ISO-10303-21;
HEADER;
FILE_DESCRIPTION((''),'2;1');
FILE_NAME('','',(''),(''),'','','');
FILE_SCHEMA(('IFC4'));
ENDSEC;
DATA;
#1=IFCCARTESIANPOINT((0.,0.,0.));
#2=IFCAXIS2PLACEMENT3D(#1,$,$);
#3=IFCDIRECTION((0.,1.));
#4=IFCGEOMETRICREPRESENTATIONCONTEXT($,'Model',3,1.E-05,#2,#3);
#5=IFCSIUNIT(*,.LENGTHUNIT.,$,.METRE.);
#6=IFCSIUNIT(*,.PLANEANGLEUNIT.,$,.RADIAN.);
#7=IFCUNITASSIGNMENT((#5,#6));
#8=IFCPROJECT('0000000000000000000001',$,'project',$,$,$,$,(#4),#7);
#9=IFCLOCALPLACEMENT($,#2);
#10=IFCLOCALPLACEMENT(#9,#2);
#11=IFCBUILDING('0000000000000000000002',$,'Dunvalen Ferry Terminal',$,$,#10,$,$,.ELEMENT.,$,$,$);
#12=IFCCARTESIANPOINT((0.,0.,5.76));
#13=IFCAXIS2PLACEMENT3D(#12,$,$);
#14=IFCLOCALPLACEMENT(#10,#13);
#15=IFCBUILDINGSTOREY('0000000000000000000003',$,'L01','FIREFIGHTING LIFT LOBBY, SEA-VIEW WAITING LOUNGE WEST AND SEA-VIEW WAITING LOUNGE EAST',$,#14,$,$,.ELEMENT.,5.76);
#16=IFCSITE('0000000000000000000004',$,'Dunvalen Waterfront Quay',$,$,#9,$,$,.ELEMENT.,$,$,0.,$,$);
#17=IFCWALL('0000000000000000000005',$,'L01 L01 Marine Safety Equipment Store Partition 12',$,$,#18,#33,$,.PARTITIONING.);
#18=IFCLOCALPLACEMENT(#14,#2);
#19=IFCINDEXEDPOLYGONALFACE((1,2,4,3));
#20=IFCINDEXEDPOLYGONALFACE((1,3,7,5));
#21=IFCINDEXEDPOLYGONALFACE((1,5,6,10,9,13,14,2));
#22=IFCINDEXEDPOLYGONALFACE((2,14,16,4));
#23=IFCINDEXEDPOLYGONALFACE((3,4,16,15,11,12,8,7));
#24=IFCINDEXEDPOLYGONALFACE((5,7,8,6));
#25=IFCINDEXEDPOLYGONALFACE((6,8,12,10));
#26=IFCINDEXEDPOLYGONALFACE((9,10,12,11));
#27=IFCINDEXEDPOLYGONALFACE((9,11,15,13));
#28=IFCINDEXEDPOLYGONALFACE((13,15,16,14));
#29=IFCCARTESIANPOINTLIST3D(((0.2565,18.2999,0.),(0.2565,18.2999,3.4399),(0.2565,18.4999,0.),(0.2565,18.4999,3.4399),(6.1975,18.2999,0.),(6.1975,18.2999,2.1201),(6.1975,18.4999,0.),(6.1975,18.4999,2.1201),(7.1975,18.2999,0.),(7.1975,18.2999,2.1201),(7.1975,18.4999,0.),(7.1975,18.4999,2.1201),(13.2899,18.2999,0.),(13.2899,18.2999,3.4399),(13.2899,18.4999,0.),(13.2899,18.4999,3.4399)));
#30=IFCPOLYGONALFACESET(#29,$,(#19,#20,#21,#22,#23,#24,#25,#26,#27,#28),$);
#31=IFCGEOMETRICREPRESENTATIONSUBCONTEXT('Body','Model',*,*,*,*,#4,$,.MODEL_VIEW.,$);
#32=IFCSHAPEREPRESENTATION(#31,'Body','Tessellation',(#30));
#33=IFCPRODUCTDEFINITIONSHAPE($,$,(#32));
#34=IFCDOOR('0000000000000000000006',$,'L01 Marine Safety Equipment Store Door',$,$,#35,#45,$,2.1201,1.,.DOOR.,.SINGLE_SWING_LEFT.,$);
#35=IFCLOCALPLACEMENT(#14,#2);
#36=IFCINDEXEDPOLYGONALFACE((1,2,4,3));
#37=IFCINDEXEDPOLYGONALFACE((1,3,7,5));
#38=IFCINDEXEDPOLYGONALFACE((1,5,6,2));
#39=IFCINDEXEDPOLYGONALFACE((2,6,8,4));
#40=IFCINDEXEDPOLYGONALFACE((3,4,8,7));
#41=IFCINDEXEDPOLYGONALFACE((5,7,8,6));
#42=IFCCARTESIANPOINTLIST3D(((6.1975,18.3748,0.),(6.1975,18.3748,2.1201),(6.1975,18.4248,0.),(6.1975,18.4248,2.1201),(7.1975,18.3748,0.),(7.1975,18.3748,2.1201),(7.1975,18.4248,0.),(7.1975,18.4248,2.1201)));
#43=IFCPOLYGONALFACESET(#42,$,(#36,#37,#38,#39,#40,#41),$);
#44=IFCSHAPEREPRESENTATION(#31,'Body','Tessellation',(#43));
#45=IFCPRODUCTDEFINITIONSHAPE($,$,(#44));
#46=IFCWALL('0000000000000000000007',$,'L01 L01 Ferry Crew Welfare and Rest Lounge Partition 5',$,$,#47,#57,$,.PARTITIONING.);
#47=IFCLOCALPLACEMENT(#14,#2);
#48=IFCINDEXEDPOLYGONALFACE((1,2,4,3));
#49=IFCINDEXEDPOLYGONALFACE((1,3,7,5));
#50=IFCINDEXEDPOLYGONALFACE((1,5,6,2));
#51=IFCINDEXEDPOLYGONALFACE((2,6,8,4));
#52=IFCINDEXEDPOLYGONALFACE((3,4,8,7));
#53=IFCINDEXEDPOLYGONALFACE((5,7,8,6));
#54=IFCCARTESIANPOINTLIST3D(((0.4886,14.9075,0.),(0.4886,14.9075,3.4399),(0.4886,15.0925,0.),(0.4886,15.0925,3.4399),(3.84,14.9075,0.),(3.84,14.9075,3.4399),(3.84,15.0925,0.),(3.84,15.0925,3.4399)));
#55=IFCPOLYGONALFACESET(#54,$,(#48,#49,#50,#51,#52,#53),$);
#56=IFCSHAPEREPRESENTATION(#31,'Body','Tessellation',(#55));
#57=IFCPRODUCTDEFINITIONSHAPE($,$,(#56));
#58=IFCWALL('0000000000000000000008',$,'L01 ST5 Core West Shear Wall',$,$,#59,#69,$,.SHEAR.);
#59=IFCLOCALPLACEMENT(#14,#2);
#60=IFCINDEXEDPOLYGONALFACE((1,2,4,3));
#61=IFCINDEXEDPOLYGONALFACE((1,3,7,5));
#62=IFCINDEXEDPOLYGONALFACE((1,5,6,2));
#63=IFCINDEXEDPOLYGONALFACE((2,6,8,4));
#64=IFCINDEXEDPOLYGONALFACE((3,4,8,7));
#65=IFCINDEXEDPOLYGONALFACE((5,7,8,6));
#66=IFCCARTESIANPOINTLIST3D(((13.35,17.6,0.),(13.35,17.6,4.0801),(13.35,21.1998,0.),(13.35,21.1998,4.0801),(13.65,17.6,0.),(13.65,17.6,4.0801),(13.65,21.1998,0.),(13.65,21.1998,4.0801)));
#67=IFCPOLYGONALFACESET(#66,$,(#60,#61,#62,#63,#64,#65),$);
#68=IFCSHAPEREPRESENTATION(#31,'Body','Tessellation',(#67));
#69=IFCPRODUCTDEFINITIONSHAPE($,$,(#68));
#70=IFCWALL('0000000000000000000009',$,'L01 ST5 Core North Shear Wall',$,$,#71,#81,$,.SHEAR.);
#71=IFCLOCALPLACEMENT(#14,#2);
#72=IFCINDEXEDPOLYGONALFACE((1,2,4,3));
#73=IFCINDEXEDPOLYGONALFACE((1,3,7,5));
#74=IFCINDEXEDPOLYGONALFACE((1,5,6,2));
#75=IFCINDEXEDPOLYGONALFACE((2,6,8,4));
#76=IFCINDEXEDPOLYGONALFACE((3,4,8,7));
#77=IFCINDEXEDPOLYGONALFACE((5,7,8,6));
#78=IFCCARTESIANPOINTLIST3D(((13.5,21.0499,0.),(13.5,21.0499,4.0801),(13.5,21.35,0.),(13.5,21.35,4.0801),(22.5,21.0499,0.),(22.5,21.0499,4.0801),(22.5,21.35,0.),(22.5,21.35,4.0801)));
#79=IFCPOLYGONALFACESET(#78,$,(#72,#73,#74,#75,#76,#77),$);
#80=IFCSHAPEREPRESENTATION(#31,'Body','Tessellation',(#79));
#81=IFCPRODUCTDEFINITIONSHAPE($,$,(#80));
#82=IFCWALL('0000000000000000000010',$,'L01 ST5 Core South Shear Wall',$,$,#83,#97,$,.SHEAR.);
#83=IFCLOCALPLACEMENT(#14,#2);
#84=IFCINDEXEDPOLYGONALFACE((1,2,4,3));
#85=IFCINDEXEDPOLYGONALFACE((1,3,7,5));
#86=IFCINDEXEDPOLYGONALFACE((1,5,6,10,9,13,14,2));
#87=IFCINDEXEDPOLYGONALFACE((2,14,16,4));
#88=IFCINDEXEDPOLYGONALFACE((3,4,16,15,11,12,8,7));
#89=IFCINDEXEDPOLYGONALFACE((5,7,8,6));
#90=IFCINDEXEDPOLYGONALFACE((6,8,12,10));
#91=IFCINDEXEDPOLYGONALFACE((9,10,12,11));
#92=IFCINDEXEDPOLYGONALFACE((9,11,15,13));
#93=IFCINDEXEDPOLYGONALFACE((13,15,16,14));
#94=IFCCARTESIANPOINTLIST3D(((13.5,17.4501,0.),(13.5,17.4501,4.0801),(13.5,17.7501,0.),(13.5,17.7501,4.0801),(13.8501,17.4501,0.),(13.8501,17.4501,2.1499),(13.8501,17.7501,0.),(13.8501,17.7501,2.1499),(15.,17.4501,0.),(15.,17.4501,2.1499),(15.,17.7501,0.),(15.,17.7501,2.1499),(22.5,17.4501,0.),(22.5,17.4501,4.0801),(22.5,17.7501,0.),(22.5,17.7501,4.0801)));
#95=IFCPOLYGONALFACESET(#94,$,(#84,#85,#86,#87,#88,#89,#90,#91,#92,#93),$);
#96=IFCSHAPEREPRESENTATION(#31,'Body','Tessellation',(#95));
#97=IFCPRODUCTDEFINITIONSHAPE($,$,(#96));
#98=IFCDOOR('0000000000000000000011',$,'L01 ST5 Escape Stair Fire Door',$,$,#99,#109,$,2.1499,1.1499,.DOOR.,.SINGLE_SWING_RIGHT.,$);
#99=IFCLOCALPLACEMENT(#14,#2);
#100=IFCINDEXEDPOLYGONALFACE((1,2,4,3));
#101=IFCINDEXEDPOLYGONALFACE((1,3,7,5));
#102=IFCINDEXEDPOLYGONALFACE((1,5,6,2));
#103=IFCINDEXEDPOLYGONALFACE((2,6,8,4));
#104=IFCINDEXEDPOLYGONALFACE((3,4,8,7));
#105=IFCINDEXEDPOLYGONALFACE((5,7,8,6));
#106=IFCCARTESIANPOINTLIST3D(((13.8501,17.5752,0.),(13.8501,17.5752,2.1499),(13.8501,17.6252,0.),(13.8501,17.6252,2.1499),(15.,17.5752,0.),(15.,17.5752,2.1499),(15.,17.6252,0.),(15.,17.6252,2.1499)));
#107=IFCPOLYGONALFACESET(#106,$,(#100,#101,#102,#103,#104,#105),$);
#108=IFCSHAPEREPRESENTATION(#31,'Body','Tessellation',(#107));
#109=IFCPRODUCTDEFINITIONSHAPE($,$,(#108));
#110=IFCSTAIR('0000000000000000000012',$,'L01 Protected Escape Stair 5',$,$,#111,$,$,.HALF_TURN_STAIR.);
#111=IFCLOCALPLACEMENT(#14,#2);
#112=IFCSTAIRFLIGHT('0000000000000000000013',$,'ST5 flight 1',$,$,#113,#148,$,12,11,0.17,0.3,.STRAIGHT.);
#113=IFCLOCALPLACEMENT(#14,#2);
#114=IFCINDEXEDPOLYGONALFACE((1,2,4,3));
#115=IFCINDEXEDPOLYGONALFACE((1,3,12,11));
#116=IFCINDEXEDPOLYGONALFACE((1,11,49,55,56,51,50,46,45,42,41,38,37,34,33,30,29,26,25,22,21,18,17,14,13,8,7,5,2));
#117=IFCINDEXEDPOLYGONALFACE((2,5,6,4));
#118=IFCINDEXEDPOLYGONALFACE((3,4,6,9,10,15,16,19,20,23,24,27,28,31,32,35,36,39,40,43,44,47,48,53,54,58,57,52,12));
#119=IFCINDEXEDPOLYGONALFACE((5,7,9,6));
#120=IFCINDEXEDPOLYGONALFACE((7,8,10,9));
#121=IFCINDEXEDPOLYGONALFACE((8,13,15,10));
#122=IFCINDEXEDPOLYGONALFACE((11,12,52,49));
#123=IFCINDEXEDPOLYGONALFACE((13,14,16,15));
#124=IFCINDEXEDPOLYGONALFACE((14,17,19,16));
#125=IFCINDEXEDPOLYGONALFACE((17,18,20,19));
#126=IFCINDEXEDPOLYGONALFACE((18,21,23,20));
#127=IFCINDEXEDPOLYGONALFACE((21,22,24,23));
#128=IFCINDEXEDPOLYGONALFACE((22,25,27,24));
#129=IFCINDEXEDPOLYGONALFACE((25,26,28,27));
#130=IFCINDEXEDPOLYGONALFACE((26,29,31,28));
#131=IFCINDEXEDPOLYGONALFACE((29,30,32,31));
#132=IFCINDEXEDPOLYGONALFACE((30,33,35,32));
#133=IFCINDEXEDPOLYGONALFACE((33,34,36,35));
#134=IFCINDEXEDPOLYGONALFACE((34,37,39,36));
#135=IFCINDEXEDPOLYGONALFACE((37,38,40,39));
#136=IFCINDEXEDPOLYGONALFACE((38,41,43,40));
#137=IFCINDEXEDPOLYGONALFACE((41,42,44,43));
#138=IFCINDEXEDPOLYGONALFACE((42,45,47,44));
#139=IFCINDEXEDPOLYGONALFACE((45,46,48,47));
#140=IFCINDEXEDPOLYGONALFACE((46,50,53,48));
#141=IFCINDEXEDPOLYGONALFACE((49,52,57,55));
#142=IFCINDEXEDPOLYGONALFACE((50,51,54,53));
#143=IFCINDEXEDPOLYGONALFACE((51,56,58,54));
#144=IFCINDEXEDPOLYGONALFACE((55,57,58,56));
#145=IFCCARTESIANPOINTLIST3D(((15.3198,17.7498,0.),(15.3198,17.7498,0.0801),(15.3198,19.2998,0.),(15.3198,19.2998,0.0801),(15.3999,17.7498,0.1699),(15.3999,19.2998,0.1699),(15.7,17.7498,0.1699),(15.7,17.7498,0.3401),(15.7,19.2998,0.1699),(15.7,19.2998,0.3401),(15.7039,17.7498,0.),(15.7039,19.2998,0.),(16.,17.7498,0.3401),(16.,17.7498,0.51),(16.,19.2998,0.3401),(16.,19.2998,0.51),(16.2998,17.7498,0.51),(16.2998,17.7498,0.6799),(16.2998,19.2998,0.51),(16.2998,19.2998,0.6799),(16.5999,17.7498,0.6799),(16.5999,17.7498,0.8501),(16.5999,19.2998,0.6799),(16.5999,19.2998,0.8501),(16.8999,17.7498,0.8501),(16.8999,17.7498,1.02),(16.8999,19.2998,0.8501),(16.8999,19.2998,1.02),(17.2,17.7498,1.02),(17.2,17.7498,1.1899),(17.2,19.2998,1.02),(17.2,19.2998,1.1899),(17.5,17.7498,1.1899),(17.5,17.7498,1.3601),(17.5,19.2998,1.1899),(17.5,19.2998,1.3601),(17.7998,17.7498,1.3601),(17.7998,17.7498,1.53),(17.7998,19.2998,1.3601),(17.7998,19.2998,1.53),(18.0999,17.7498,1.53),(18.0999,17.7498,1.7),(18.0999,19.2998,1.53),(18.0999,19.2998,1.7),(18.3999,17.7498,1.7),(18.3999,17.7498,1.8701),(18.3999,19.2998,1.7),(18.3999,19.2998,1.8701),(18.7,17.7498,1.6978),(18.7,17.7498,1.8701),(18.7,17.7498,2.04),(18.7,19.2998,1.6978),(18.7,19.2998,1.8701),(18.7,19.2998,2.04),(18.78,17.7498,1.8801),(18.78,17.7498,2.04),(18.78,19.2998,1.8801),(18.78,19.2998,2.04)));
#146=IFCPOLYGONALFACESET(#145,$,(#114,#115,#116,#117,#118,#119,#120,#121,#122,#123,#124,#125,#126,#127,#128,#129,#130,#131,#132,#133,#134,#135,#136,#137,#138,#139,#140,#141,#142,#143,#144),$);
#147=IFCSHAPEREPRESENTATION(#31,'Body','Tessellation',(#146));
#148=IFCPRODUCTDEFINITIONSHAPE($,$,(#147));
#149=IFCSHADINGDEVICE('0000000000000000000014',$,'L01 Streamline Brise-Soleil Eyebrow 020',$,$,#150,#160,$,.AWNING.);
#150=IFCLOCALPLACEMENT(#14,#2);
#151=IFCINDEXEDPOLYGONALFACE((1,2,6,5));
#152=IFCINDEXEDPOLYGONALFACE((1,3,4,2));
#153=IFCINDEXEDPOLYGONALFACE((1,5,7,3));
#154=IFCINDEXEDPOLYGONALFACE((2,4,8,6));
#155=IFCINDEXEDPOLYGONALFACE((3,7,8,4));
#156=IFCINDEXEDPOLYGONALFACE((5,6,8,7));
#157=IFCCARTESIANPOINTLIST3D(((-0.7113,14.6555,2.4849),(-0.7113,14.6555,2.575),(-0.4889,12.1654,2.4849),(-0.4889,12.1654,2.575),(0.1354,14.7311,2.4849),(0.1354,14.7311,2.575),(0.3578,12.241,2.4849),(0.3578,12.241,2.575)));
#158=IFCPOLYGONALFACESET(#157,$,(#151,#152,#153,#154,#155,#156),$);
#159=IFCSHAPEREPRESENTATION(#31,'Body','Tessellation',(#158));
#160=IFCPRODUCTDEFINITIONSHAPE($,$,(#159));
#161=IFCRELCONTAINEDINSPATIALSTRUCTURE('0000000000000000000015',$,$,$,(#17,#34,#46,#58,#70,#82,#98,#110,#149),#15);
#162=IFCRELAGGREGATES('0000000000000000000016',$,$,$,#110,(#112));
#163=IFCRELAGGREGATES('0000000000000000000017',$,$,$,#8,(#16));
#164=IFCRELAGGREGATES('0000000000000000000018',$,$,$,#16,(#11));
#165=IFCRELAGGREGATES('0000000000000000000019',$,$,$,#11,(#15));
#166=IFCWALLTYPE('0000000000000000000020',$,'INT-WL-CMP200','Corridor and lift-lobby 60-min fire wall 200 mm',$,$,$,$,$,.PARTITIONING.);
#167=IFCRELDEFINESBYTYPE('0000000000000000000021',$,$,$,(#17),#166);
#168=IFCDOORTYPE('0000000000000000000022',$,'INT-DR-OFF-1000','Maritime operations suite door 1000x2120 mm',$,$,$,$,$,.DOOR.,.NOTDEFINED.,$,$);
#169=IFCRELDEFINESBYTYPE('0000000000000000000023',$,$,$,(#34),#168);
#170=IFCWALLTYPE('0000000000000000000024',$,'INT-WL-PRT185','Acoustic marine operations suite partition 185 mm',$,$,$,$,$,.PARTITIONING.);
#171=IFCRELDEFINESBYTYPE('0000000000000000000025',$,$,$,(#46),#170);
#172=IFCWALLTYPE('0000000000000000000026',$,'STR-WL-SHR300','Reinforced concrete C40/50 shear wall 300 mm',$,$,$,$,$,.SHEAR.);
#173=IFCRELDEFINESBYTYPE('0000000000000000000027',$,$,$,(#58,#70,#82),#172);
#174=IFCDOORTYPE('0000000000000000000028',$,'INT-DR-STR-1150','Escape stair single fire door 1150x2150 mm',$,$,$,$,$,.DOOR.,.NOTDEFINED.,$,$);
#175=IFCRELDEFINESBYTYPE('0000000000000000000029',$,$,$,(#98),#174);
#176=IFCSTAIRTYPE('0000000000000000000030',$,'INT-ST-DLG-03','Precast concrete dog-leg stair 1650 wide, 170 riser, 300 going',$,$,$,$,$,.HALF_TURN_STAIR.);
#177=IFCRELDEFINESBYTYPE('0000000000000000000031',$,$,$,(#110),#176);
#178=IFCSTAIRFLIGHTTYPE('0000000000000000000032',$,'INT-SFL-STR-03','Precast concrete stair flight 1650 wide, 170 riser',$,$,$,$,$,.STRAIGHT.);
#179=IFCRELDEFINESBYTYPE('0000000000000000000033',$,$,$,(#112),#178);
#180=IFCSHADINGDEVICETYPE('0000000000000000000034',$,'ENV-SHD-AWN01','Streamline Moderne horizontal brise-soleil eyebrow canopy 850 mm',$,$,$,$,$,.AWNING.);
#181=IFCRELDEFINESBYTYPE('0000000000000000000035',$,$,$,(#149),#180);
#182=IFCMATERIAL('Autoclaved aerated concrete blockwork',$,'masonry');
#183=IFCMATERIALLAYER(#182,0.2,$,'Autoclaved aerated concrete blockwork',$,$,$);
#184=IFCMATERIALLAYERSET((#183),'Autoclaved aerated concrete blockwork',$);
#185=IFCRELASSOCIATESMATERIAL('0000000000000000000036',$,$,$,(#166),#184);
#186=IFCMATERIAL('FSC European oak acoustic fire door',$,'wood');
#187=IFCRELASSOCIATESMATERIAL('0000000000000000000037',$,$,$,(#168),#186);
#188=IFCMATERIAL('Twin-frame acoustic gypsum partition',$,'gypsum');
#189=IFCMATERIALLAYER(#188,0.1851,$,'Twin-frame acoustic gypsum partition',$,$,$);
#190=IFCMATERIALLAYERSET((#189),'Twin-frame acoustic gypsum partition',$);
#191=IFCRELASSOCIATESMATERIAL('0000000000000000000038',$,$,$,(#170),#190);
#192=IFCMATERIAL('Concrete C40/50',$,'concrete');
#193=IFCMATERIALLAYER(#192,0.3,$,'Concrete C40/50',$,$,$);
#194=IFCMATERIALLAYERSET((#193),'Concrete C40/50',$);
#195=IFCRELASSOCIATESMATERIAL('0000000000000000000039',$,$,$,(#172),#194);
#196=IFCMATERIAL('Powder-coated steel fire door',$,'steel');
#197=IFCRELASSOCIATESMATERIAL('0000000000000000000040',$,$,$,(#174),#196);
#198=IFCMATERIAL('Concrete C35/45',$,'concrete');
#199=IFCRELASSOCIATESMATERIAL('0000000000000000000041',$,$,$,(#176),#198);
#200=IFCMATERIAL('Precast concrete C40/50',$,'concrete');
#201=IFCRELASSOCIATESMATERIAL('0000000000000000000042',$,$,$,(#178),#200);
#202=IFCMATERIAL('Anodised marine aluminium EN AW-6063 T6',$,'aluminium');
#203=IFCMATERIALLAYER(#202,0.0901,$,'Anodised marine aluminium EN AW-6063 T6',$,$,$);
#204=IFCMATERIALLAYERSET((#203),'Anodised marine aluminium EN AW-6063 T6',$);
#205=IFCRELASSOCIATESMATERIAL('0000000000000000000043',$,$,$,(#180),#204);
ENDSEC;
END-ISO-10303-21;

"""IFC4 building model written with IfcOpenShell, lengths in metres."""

from ifc_helpers import new_model, si_unit, direction, frame, frame_2d, origin, origin_2d, place, context, subcontext, project, spatial, polyline, rectangle, outline, extrude, material, layer, layer_set, type_object, element, fill, aggregate, save


model = new_model("IFC4")

# Units and contexts
model_context = context("Model", 3, precision=1e-05, world=origin(), true_north=direction((0.0, 1.0)))
body_context = subcontext(model_context, "Body", "Model", "MODEL_VIEW")
ifc_project = project(units=[si_unit("LENGTHUNIT", "METRE"), si_unit("PLANEANGLEUNIT", "RADIAN")], contexts=[model_context])

# Site, building, storey
site_placement = place(None, origin())
site = spatial("IfcSite", under=ifc_project, at=site_placement, Name="Dunvalen Waterfront Quay", CompositionType="ELEMENT", RefElevation=0.0)
building_placement = place(site_placement, origin())
building = spatial("IfcBuilding", under=site, at=building_placement, Name="Dunvalen Ferry Terminal", CompositionType="ELEMENT")
storey_placement = place(building_placement, frame((0.0, 0.0, 5.76)))
storey = spatial("IfcBuildingStorey", under=building, at=storey_placement, Name="L01", Description="FIREFIGHTING LIFT LOBBY, SEA-VIEW WAITING LOUNGE WEST AND SEA-VIEW WAITING LOUNGE EAST", CompositionType="ELEMENT", Elevation=5.76)

# Shared definitions
ifc_material_1 = material(Name="Concrete C40/50", Category="concrete")

# Shared definitions
ifc_material_2 = material(Name="Concrete C35/45", Category="concrete")

# Shared definitions
ifc_material_3 = material(Name="Precast concrete C40/50", Category="concrete")

# Wall, opening, door
ifc_material_4 = material(Name="Autoclaved aerated concrete blockwork", Category="masonry")
ifc_layer_1 = layer(ifc_material_4, 0.2, Name="Autoclaved aerated concrete blockwork")
ifc_layer_set_1 = layer_set([ifc_layer_1], Name="Autoclaved aerated concrete blockwork")
wall_type_1 = type_object("IfcWallType", Name="INT-WL-CMP200", Description="Corridor and lift-lobby 60-min fire wall 200 mm", PredefinedType="PARTITIONING", material=ifc_layer_set_1)
wall_1_placement = place(storey_placement, frame((0.2566, 18.3999, 0.0), z_axis=(0.0, 0.0, 1.0), x_axis=(1.0, 0.0, 0.0)))
wall_1 = element("IfcWall", 1, at=wall_1_placement, inside=storey, type_object=wall_type_1, Name="L01 L01 Marine Safety Equipment Store Partition 12", PredefinedType="PARTITIONING", context=body_context, shape_type="SweptSolid", body=[
    extrude(rectangle(XDim=13.0334, YDim=0.2, at=frame_2d((6.5166, 0.0))), origin(), (0.0, 0.0, 1.0), 3.4399),
])
opening_1_placement = place(wall_1_placement, frame((5.9409, 0.0, 0.0)))
opening_1 = element("IfcOpeningElement", 2, at=opening_1_placement, cuts=wall_1, PredefinedType="OPENING", context=body_context, shape_type="SweptSolid", body=[
    extrude(rectangle(XDim=1.0, YDim=2.1201, at=frame_2d((0.5, 1.0601))), frame((0.0, 0.1099, 0.0), z_axis=(0.0, -1.0, 0.0), x_axis=(1.0, 0.0, 0.0)), (0.0, 0.0, 1.0), 0.22),
])
ifc_material_5 = material(Name="FSC European oak acoustic fire door", Category="wood")
door_type_1 = type_object("IfcDoorType", Name="INT-DR-OFF-1000", Description="Maritime operations suite door 1000x2120 mm", OperationType="NOTDEFINED", PredefinedType="DOOR", material=ifc_material_5)
door_1_placement = place(opening_1_placement, origin())
door_1 = element("IfcDoor", 3, at=door_1_placement, inside=storey, type_object=door_type_1, Name="L01 Marine Safety Equipment Store Door", OperationType="SINGLE_SWING_LEFT", OverallHeight=2.1201, OverallWidth=1.0, PredefinedType="DOOR", context=body_context, shape_type="SweptSolid", body=[
    extrude(rectangle(XDim=1.0, YDim=2.1201, at=frame_2d((0.5, 1.0601))), frame((0.0, 0.0249, 0.0), z_axis=(0.0, -1.0, 0.0), x_axis=(1.0, 0.0, 0.0)), (0.0, 0.0, 1.0), 0.05),
])
fill(opening_1, door_1)

# Walls
ifc_material_6 = material(Name="Twin-frame acoustic gypsum partition", Category="gypsum")
ifc_layer_2 = layer(ifc_material_6, 0.1851, Name="Twin-frame acoustic gypsum partition")
ifc_layer_set_2 = layer_set([ifc_layer_2], Name="Twin-frame acoustic gypsum partition")
wall_type_2 = type_object("IfcWallType", Name="INT-WL-PRT185", Description="Acoustic marine operations suite partition 185 mm", PredefinedType="PARTITIONING", material=ifc_layer_set_2)
wall_2_placement = place(storey_placement, frame((3.8401, 15.0, 0.0), z_axis=(0.0, 0.0, 1.0), x_axis=(-1.0, 0.0, 0.0)))
element("IfcWall", 4, at=wall_2_placement, inside=storey, type_object=wall_type_2, Name="L01 L01 Ferry Crew Welfare and Rest Lounge Partition 5", PredefinedType="PARTITIONING", context=body_context, shape_type="SweptSolid", body=[
    extrude(rectangle(XDim=3.3513, YDim=0.1851, at=frame_2d((1.6758, 0.0))), origin(), (0.0, 0.0, 1.0), 3.4399),
])
ifc_layer_3 = layer(ifc_material_1, 0.3, Name="Concrete C40/50")
ifc_layer_set_3 = layer_set([ifc_layer_3], Name="Concrete C40/50")
wall_type_3 = type_object("IfcWallType", Name="STR-WL-SHR300", Description="Reinforced concrete C40/50 shear wall 300 mm", PredefinedType="SHEAR", material=ifc_layer_set_3)
wall_3_placement = place(storey_placement, frame((13.5, 17.6001, 0.0), z_axis=(0.0, 0.0, 1.0), x_axis=(0.0, 1.0, 0.0)))
element("IfcWall", 5, at=wall_3_placement, inside=storey, type_object=wall_type_3, Name="L01 ST5 Core West Shear Wall", PredefinedType="SHEAR", context=body_context, shape_type="SweptSolid", body=[
    extrude(rectangle(XDim=3.5999, YDim=0.3, at=frame_2d((1.7998, 0.0))), origin(), (0.0, 0.0, 1.0), 4.0801),
])
wall_4_placement = place(storey_placement, frame((13.5, 21.2, 0.0), z_axis=(0.0, 0.0, 1.0), x_axis=(1.0, 0.0, 0.0)))
element("IfcWall", 6, at=wall_4_placement, inside=storey, type_object=wall_type_3, Name="L01 ST5 Core North Shear Wall", PredefinedType="SHEAR", context=body_context, shape_type="SweptSolid", body=[
    extrude(rectangle(XDim=9.0, YDim=0.3, at=frame_2d((4.5, 0.0))), origin(), (0.0, 0.0, 1.0), 4.0801),
])

# Wall, opening, door
wall_5_placement = place(storey_placement, frame((13.5, 17.6001, 0.0), z_axis=(0.0, 0.0, 1.0), x_axis=(1.0, 0.0, 0.0)))
wall_5 = element("IfcWall", 7, at=wall_5_placement, inside=storey, type_object=wall_type_3, Name="L01 ST5 Core South Shear Wall", PredefinedType="SHEAR", context=body_context, shape_type="SweptSolid", body=[
    extrude(rectangle(XDim=9.0, YDim=0.3, at=frame_2d((4.5, 0.0))), origin(), (0.0, 0.0, 1.0), 4.0801),
])
opening_2_placement = place(wall_5_placement, frame((0.3501, 0.0, 0.0)))
opening_2 = element("IfcOpeningElement", 8, at=opening_2_placement, cuts=wall_5, PredefinedType="OPENING", context=body_context, shape_type="SweptSolid", body=[
    extrude(rectangle(XDim=1.1499, YDim=2.1499, at=frame_2d((0.575, 1.075))), frame((0.0, 0.1602, 0.0), z_axis=(0.0, -1.0, 0.0), x_axis=(1.0, 0.0, 0.0)), (0.0, 0.0, 1.0), 0.3201),
])
ifc_material_7 = material(Name="Powder-coated steel fire door", Category="steel")
door_type_2 = type_object("IfcDoorType", Name="INT-DR-STR-1150", Description="Escape stair single fire door 1150x2150 mm", OperationType="NOTDEFINED", PredefinedType="DOOR", material=ifc_material_7)
door_2_placement = place(opening_2_placement, frame((1.1499, 0.0, 0.0), z_axis=(0.0, 0.0, 1.0), x_axis=(-1.0, 0.0, 0.0)))
door_2 = element("IfcDoor", 9, at=door_2_placement, inside=storey, type_object=door_type_2, Name="L01 ST5 Escape Stair Fire Door", OperationType="SINGLE_SWING_RIGHT", OverallHeight=2.1499, OverallWidth=1.1499, PredefinedType="DOOR", context=body_context, shape_type="SweptSolid", body=[
    extrude(rectangle(XDim=1.1499, YDim=2.1499, at=frame_2d((0.575, 1.075))), frame((0.0, 0.0249, 0.0), z_axis=(0.0, -1.0, 0.0), x_axis=(1.0, 0.0, 0.0)), (0.0, 0.0, 1.0), 0.05),
])
fill(opening_2, door_2)

# Stair, stair flight
stair_type = type_object("IfcStairType", Name="INT-ST-DLG-03", Description="Precast concrete dog-leg stair 1650 wide, 170 riser, 300 going", PredefinedType="HALF_TURN_STAIR", material=ifc_material_2)
stair_placement = place(storey_placement, origin())
stair = element("IfcStair", 10, at=stair_placement, inside=storey, type_object=stair_type, Name="L01 Protected Escape Stair 5", PredefinedType="HALF_TURN_STAIR")
stair_flight_type = type_object("IfcStairFlightType", Name="INT-SFL-STR-03", Description="Precast concrete stair flight 1650 wide, 170 riser", PredefinedType="STRAIGHT", material=ifc_material_3)
stair_flight_placement = place(storey_placement, frame((15.3999, 18.5249, 0.0), z_axis=(0.0, 0.0, 1.0), x_axis=(1.0, 0.0, 0.0)))
stair_flight = element("IfcStairFlight", 11, at=stair_flight_placement, type_object=stair_flight_type, Name="ST5 flight 1", NumberOfRisers=12, NumberOfTreads=11, PredefinedType="STRAIGHT", RiserHeight=0.17, TreadLength=0.3, context=body_context, shape_type="SweptSolid", body=[
    extrude(outline(polyline([(-0.0801, 0.0), (-0.0801, 0.0801), (0.0, 0.1699), (0.3, 0.1699), (0.3, 0.3401), (0.6001, 0.3401), (0.6001, 0.51), (0.8999, 0.51), (0.8999, 0.6799), (1.2, 0.6799), (1.2, 0.8501), (1.5, 0.8501), (1.5, 1.02), (1.8, 1.02), (1.8, 1.1899), (2.1001, 1.1899), (2.1001, 1.3601), (2.3999, 1.3601), (2.3999, 1.53), (2.7, 1.53), (2.7, 1.7), (3.0, 1.7), (3.0, 1.8701), (3.3, 1.8701), (3.3, 2.04), (3.3801, 2.04), (3.3801, 1.8801), (3.3, 1.6978), (0.304, 0.0), (-0.0801, 0.0)])), frame((0.0, 0.7749, 0.0), z_axis=(0.0, -1.0, 0.0), x_axis=(1.0, 0.0, 0.0)), (0.0, 0.0, 1.0), 1.55),
])
aggregate(stair, [stair_flight])

# Shading device
ifc_material_8 = material(Name="Anodised marine aluminium EN AW-6063 T6", Category="aluminium")
ifc_layer_4 = layer(ifc_material_8, 0.0901, Name="Anodised marine aluminium EN AW-6063 T6")
ifc_layer_set_4 = layer_set([ifc_layer_4], Name="Anodised marine aluminium EN AW-6063 T6")
shading_device_type = type_object("IfcShadingDeviceType", Name="ENV-SHD-AWN01", Description="Streamline Moderne horizontal brise-soleil eyebrow canopy 850 mm", PredefinedType="AWNING", material=ifc_layer_set_4)
shading_device_placement = place(storey_placement, frame((-0.1768, 13.4482, 2.4849), z_axis=(0.0, 0.0, 1.0), x_axis=(0.088957, -0.996035, 0.0)))
element("IfcShadingDevice", 12, at=shading_device_placement, inside=storey, type_object=shading_device_type, Name="L01 Streamline Brise-Soleil Eyebrow 020", PredefinedType="AWNING", context=body_context, shape_type="SweptSolid", body=[
    extrude(rectangle(XDim=2.5, YDim=0.8501, at=origin_2d()), origin(), (0.0, 0.0, 1.0), 0.0901),
])

save(model, "model.ifc")
